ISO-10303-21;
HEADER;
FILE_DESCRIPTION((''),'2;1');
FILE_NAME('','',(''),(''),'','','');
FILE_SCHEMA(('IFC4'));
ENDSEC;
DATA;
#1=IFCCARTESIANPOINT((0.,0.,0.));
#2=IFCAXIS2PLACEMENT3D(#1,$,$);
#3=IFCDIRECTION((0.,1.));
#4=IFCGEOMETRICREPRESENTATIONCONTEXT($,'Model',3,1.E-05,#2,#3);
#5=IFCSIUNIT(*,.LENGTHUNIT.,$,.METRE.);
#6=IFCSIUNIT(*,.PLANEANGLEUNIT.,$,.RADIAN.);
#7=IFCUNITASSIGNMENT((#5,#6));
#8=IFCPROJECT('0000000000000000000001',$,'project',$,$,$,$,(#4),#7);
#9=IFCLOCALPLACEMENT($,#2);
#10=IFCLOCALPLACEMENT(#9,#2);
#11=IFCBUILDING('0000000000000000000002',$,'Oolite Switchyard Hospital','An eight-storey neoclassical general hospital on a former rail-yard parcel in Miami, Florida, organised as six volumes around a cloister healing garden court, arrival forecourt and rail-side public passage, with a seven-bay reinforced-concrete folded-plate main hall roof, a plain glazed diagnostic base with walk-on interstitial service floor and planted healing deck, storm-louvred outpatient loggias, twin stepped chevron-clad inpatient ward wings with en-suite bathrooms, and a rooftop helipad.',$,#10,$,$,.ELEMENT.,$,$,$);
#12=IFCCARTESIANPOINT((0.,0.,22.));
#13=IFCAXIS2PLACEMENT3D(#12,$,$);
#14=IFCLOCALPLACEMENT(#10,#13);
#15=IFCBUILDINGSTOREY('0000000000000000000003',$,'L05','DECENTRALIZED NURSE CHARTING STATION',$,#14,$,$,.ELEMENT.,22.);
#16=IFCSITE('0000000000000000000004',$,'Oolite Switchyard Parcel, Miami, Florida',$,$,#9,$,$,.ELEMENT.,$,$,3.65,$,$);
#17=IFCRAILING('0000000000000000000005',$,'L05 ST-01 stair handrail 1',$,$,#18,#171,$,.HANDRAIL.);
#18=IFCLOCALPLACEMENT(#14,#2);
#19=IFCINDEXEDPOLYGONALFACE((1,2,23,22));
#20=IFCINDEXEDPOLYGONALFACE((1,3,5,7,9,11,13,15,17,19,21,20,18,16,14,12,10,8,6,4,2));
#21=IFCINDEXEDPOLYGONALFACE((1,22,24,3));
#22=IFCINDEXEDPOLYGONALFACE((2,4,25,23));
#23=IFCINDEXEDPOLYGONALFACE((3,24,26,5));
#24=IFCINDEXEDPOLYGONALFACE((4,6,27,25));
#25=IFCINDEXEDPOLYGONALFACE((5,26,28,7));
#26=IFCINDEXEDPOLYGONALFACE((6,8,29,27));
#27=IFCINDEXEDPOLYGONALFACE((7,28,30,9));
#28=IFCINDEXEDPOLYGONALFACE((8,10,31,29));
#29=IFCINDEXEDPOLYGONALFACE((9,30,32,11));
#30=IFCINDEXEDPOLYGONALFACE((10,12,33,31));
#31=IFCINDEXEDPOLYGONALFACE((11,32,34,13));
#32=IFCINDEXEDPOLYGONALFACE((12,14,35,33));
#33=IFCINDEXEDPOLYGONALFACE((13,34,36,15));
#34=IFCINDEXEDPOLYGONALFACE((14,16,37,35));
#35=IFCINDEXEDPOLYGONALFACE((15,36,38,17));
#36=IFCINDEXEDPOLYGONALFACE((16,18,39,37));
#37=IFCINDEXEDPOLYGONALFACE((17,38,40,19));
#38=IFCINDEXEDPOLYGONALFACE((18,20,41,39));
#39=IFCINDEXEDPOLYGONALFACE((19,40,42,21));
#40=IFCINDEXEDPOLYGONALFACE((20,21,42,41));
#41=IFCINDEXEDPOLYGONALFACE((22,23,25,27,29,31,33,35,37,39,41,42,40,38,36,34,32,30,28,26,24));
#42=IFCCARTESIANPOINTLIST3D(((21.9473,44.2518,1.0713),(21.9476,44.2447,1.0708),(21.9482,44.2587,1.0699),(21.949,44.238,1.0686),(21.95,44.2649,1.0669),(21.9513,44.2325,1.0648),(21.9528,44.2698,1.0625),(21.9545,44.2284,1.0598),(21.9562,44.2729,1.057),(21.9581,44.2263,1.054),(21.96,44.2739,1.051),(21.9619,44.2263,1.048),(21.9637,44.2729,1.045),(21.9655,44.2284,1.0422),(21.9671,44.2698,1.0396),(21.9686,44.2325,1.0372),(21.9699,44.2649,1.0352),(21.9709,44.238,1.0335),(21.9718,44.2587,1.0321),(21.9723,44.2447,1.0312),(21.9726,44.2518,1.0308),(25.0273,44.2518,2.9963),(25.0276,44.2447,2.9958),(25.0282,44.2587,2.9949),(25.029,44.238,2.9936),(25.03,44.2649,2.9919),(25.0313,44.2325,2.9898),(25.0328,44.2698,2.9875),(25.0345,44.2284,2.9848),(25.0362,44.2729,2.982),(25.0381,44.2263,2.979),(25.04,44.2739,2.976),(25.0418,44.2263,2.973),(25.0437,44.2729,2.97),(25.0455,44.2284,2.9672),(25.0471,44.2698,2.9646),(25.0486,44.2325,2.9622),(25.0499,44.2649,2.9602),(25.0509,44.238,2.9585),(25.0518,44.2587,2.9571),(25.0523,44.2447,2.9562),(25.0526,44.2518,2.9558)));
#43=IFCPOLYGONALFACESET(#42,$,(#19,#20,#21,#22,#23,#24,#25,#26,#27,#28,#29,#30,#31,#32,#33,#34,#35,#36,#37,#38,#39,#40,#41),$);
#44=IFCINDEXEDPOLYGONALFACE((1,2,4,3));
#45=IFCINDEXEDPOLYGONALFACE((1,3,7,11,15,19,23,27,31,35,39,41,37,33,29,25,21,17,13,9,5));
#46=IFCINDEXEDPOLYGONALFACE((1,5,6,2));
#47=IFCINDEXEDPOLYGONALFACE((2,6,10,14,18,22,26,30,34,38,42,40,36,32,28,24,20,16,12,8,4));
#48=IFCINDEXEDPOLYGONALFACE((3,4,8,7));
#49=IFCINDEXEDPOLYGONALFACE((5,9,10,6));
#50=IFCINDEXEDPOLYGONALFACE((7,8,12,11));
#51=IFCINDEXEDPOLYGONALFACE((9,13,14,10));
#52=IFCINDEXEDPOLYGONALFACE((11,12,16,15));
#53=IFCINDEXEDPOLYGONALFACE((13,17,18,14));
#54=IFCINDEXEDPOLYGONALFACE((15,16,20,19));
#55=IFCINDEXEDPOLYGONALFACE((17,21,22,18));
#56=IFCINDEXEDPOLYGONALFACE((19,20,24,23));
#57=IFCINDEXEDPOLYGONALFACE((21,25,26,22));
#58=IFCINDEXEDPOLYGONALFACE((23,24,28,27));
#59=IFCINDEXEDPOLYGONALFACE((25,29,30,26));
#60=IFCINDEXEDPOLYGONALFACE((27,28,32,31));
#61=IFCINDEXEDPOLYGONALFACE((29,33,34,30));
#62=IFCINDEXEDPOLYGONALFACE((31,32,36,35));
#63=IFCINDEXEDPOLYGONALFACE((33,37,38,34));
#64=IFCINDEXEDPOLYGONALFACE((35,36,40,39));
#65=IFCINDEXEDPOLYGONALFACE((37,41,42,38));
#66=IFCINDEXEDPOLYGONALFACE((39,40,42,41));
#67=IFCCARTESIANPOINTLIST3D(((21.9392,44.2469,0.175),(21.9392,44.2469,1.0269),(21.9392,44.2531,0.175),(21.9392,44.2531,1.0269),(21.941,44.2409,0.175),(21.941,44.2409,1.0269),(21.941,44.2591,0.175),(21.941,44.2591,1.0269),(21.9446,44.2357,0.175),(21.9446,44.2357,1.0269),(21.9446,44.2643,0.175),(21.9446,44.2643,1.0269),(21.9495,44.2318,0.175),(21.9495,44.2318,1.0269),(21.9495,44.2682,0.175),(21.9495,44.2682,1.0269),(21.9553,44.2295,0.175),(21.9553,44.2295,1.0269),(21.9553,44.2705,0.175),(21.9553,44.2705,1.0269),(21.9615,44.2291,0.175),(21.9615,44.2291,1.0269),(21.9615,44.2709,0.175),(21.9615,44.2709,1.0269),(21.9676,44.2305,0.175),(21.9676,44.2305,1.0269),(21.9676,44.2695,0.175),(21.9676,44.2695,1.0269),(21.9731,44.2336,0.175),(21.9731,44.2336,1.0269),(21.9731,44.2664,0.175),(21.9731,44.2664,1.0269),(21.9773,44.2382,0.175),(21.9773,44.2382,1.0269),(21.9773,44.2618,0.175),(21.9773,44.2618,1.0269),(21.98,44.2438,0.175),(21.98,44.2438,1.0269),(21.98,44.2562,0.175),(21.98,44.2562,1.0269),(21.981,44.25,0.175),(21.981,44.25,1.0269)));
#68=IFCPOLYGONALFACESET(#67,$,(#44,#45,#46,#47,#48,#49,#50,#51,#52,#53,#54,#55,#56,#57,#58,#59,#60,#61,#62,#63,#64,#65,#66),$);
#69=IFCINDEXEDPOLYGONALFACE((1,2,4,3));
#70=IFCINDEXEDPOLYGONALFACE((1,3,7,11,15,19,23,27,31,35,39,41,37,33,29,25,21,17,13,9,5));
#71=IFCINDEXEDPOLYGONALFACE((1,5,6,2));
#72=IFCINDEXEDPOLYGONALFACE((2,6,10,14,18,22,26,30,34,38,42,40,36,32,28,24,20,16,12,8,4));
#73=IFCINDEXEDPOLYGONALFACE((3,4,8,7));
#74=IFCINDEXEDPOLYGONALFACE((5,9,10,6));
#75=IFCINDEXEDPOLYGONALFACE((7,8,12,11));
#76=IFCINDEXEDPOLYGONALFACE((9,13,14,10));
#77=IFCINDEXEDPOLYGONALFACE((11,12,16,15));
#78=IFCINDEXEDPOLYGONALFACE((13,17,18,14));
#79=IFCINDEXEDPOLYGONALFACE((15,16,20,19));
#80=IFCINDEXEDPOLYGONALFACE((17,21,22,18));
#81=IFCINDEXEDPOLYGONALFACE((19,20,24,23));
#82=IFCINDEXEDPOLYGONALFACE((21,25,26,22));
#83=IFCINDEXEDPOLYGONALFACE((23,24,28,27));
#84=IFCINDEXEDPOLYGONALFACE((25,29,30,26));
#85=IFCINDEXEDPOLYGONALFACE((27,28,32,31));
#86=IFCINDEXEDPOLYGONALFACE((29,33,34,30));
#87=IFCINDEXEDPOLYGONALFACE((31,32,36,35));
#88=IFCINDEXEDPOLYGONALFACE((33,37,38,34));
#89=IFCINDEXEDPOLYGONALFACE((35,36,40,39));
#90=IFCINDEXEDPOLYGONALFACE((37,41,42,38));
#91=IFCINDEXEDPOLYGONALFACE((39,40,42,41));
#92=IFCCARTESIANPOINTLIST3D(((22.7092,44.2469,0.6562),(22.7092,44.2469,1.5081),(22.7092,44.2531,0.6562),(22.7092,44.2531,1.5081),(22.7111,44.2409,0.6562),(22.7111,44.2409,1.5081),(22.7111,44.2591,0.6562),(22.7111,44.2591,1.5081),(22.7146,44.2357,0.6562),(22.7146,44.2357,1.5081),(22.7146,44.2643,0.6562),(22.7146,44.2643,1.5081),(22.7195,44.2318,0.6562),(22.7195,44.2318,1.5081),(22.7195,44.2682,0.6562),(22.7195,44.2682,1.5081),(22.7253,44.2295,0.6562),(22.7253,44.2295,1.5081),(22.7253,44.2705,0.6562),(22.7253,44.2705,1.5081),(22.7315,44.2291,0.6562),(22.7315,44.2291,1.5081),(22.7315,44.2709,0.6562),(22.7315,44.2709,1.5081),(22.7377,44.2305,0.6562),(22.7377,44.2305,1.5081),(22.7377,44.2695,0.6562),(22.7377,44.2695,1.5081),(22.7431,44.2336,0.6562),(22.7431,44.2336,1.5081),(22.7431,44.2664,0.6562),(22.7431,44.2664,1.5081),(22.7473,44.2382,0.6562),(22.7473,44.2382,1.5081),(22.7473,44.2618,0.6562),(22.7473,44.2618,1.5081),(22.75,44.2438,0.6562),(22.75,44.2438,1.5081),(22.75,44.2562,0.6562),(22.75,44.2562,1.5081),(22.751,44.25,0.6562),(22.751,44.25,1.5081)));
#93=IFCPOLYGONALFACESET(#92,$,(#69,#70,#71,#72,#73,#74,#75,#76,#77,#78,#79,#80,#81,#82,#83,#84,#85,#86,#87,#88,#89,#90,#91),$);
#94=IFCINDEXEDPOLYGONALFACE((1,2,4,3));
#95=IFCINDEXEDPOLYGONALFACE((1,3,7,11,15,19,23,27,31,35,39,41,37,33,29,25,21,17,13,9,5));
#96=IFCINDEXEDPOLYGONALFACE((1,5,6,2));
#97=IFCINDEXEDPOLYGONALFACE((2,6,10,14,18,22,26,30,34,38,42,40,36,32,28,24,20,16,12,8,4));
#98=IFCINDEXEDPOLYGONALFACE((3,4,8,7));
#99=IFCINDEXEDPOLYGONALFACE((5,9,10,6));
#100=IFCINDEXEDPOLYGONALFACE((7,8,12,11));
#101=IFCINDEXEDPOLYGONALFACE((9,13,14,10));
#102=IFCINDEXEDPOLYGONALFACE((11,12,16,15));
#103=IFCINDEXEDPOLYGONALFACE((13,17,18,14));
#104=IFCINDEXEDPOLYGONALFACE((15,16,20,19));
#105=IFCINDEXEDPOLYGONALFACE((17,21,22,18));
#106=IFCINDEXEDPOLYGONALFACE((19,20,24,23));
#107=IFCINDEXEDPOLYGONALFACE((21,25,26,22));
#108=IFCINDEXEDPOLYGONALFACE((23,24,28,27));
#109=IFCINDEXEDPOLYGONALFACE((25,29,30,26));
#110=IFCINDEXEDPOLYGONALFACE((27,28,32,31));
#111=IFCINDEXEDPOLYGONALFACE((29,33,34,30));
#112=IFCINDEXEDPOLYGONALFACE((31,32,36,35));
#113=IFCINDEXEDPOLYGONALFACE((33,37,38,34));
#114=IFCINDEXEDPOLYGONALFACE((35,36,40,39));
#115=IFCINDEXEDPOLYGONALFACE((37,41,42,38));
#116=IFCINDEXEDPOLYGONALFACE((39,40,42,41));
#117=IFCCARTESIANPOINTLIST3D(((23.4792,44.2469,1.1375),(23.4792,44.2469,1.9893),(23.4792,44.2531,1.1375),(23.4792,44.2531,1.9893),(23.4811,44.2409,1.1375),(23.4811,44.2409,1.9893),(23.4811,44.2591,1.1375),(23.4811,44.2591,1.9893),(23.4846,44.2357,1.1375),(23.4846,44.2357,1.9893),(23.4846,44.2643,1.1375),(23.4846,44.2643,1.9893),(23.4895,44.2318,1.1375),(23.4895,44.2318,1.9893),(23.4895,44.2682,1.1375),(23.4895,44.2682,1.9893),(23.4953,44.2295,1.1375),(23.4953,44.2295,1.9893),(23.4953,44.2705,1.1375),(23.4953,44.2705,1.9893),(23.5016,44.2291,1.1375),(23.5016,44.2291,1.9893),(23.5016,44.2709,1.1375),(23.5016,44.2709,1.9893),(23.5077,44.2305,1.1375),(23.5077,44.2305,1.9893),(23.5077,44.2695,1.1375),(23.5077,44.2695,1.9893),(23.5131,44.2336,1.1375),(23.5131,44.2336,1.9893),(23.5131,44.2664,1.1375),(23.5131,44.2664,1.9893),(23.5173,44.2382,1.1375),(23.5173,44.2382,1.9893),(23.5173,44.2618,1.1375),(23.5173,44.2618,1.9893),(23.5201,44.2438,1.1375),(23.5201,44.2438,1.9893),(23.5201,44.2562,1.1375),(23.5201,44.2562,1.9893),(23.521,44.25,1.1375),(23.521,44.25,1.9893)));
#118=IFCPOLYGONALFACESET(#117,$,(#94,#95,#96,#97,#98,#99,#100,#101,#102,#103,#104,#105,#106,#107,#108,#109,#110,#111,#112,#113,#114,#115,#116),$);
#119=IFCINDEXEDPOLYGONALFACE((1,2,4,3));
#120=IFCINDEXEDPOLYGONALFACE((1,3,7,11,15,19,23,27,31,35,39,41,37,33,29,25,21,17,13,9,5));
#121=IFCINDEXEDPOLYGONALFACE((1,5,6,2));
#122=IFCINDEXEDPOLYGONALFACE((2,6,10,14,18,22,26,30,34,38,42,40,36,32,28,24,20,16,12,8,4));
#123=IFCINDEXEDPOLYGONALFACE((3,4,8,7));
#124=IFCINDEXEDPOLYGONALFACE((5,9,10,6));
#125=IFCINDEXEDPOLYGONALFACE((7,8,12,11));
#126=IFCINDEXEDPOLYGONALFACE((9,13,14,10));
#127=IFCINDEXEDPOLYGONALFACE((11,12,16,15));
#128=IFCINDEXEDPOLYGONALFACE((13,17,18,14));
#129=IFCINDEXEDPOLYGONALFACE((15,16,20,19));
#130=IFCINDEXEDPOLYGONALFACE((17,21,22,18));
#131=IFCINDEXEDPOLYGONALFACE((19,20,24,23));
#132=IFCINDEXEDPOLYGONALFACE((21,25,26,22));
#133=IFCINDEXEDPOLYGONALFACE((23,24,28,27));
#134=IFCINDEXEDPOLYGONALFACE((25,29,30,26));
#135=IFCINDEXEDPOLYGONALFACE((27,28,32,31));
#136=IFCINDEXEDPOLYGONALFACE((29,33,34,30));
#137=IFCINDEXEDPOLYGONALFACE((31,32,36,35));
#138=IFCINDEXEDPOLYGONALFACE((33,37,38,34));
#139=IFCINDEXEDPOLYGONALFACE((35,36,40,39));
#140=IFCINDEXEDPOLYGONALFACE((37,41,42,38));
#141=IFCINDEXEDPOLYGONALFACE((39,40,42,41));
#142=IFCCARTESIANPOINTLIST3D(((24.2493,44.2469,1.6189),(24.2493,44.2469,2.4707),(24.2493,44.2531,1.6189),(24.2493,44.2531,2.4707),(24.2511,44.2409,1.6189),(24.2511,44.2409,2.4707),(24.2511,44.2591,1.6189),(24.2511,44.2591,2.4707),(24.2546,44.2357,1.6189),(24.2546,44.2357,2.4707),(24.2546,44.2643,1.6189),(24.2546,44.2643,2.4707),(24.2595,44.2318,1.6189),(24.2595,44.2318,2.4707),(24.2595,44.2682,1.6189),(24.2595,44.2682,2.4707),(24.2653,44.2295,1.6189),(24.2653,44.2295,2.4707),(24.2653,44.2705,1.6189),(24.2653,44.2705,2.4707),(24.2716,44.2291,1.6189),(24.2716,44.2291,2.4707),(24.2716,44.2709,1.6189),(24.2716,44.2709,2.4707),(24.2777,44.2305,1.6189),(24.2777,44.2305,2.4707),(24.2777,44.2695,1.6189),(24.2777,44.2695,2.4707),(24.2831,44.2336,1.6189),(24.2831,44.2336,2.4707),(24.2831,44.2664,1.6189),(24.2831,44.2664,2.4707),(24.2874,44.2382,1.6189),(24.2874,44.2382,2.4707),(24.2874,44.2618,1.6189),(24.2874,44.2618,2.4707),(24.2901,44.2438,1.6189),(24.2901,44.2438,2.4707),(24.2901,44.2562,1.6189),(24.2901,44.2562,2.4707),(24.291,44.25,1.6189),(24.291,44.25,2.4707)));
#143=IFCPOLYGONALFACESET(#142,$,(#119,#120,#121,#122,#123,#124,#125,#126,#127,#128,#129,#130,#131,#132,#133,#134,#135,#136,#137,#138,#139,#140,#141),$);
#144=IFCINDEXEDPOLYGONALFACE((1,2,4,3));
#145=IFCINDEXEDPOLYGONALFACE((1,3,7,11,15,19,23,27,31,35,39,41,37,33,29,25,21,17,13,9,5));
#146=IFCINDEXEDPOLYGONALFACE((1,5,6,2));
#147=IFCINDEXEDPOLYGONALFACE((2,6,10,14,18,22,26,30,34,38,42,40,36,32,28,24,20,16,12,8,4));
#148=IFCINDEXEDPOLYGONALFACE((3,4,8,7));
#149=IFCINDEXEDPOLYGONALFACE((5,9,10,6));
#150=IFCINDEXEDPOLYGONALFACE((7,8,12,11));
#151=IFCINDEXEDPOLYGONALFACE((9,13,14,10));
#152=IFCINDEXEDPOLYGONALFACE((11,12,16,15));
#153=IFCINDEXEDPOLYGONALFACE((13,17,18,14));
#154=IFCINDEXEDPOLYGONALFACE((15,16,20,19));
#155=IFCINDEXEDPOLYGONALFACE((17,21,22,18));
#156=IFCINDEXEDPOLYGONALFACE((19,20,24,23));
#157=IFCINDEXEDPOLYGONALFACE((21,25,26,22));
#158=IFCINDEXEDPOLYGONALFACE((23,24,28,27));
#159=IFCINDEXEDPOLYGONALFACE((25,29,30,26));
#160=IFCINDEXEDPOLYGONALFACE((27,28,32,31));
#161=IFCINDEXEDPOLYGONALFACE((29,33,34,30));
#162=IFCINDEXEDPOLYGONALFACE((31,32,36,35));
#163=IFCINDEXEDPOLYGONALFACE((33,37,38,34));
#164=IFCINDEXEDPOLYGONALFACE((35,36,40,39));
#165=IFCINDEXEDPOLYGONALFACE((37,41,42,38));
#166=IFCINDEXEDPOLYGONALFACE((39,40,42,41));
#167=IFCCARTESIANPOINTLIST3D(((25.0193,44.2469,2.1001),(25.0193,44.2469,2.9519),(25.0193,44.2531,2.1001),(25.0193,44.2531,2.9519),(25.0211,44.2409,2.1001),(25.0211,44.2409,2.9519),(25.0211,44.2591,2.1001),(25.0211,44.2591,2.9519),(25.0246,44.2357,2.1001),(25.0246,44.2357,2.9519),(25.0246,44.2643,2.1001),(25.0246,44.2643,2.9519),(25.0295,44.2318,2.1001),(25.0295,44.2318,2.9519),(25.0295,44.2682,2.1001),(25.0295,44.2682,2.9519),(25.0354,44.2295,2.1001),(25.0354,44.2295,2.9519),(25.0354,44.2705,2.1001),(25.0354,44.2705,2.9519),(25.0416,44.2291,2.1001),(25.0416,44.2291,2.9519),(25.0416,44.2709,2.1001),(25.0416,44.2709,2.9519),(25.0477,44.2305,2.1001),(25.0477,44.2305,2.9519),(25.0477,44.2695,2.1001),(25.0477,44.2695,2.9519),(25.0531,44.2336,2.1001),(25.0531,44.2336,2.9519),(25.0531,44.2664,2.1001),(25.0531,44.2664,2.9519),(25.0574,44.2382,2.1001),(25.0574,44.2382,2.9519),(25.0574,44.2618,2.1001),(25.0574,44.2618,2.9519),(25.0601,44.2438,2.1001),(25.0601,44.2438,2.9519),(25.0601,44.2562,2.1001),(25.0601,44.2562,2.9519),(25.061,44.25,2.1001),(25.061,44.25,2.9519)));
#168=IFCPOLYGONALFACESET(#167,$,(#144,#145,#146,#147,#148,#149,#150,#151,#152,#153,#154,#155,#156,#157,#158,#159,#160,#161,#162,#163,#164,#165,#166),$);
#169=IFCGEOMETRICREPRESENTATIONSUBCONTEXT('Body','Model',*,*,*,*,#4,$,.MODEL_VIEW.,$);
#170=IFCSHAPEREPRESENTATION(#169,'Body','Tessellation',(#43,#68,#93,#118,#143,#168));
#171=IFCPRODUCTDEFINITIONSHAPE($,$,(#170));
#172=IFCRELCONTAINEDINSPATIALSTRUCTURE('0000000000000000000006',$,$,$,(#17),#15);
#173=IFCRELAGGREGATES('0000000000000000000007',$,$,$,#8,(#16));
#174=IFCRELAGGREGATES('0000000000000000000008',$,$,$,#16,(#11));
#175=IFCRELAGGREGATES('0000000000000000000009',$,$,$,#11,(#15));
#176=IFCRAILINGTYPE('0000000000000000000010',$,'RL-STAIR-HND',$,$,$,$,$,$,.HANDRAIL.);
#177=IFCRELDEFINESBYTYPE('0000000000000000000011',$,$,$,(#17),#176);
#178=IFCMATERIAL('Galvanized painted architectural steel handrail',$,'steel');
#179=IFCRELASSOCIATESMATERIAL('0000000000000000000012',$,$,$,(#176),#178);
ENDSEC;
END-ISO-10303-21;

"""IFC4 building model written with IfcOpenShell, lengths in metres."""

from ifc_helpers import new_model, si_unit, direction, frame, origin, origin_2d, place, context, subcontext, project, spatial, circle, extrude, material, type_object, element, save


model = new_model("IFC4")

# Units and contexts
model_context = context("Model", 3, precision=1e-05, world=origin(), true_north=direction((0.0, 1.0)))
body_context = subcontext(model_context, "Body", "Model", "MODEL_VIEW")
ifc_project = project(units=[si_unit("LENGTHUNIT", "METRE"), si_unit("PLANEANGLEUNIT", "RADIAN")], contexts=[model_context])

# Site, building, storey
site_placement = place(None, origin())
site = spatial("IfcSite", under=ifc_project, at=site_placement, Name="Oolite Switchyard Parcel, Miami, Florida", CompositionType="ELEMENT", RefElevation=3.65)
building_placement = place(site_placement, origin())
building = spatial("IfcBuilding", under=site, at=building_placement, Name="Oolite Switchyard Hospital", Description="An eight-storey neoclassical general hospital on a former rail-yard parcel in Miami, Florida, organised as six volumes around a cloister healing garden court, arrival forecourt and rail-side public passage, with a seven-bay reinforced-concrete folded-plate main hall roof, a plain glazed diagnostic base with walk-on interstitial service floor and planted healing deck, storm-louvred outpatient loggias, twin stepped chevron-clad inpatient ward wings with en-suite bathrooms, and a rooftop helipad.", CompositionType="ELEMENT")
storey_placement = place(building_placement, frame((0.0, 0.0, 22.0)))
storey = spatial("IfcBuildingStorey", under=building, at=storey_placement, Name="L05", Description="DECENTRALIZED NURSE CHARTING STATION", CompositionType="ELEMENT", Elevation=22.0)

# Railing
ifc_material_1 = material(Name="Galvanized painted architectural steel handrail", Category="steel")
railing_type_1 = type_object("IfcRailingType", Name="RL-STAIR-HND", PredefinedType="HANDRAIL", material=ifc_material_1)
railing_1_placement = place(storey_placement, frame((21.96, 44.25, 0.175)))
element("IfcRailing", 1, at=railing_1_placement, inside=storey, type_object=railing_type_1, Name="L05 ST-01 stair handrail 1", PredefinedType="HANDRAIL", context=body_context, shape_type="SweptSolid", body=[
    extrude(circle(Radius=0.0239, at=origin_2d()), frame((0.0, 0.0, 0.876), z_axis=(0.847998, 0.0, 0.529999), x_axis=(0.0, 1.0, 0.0)), (0.0, 0.0, 1.0), 3.6321),
    extrude(circle(Radius=0.021, at=origin_2d()), origin(), (0.0, 0.0, 1.0), 0.8518),
    extrude(circle(Radius=0.021, at=origin_2d()), frame((0.77, 0.0, 0.4812)), (0.0, 0.0, 1.0), 0.8518),
    extrude(circle(Radius=0.021, at=origin_2d()), frame((1.54, 0.0, 0.9624)), (0.0, 0.0, 1.0), 0.8518),
    extrude(circle(Radius=0.021, at=origin_2d()), frame((2.3101, 0.0, 1.4438)), (0.0, 0.0, 1.0), 0.8518),
    extrude(circle(Radius=0.021, at=origin_2d()), frame((3.0801, 0.0, 1.925)), (0.0, 0.0, 1.0), 0.8518),
])

save(model, "model.ifc")
